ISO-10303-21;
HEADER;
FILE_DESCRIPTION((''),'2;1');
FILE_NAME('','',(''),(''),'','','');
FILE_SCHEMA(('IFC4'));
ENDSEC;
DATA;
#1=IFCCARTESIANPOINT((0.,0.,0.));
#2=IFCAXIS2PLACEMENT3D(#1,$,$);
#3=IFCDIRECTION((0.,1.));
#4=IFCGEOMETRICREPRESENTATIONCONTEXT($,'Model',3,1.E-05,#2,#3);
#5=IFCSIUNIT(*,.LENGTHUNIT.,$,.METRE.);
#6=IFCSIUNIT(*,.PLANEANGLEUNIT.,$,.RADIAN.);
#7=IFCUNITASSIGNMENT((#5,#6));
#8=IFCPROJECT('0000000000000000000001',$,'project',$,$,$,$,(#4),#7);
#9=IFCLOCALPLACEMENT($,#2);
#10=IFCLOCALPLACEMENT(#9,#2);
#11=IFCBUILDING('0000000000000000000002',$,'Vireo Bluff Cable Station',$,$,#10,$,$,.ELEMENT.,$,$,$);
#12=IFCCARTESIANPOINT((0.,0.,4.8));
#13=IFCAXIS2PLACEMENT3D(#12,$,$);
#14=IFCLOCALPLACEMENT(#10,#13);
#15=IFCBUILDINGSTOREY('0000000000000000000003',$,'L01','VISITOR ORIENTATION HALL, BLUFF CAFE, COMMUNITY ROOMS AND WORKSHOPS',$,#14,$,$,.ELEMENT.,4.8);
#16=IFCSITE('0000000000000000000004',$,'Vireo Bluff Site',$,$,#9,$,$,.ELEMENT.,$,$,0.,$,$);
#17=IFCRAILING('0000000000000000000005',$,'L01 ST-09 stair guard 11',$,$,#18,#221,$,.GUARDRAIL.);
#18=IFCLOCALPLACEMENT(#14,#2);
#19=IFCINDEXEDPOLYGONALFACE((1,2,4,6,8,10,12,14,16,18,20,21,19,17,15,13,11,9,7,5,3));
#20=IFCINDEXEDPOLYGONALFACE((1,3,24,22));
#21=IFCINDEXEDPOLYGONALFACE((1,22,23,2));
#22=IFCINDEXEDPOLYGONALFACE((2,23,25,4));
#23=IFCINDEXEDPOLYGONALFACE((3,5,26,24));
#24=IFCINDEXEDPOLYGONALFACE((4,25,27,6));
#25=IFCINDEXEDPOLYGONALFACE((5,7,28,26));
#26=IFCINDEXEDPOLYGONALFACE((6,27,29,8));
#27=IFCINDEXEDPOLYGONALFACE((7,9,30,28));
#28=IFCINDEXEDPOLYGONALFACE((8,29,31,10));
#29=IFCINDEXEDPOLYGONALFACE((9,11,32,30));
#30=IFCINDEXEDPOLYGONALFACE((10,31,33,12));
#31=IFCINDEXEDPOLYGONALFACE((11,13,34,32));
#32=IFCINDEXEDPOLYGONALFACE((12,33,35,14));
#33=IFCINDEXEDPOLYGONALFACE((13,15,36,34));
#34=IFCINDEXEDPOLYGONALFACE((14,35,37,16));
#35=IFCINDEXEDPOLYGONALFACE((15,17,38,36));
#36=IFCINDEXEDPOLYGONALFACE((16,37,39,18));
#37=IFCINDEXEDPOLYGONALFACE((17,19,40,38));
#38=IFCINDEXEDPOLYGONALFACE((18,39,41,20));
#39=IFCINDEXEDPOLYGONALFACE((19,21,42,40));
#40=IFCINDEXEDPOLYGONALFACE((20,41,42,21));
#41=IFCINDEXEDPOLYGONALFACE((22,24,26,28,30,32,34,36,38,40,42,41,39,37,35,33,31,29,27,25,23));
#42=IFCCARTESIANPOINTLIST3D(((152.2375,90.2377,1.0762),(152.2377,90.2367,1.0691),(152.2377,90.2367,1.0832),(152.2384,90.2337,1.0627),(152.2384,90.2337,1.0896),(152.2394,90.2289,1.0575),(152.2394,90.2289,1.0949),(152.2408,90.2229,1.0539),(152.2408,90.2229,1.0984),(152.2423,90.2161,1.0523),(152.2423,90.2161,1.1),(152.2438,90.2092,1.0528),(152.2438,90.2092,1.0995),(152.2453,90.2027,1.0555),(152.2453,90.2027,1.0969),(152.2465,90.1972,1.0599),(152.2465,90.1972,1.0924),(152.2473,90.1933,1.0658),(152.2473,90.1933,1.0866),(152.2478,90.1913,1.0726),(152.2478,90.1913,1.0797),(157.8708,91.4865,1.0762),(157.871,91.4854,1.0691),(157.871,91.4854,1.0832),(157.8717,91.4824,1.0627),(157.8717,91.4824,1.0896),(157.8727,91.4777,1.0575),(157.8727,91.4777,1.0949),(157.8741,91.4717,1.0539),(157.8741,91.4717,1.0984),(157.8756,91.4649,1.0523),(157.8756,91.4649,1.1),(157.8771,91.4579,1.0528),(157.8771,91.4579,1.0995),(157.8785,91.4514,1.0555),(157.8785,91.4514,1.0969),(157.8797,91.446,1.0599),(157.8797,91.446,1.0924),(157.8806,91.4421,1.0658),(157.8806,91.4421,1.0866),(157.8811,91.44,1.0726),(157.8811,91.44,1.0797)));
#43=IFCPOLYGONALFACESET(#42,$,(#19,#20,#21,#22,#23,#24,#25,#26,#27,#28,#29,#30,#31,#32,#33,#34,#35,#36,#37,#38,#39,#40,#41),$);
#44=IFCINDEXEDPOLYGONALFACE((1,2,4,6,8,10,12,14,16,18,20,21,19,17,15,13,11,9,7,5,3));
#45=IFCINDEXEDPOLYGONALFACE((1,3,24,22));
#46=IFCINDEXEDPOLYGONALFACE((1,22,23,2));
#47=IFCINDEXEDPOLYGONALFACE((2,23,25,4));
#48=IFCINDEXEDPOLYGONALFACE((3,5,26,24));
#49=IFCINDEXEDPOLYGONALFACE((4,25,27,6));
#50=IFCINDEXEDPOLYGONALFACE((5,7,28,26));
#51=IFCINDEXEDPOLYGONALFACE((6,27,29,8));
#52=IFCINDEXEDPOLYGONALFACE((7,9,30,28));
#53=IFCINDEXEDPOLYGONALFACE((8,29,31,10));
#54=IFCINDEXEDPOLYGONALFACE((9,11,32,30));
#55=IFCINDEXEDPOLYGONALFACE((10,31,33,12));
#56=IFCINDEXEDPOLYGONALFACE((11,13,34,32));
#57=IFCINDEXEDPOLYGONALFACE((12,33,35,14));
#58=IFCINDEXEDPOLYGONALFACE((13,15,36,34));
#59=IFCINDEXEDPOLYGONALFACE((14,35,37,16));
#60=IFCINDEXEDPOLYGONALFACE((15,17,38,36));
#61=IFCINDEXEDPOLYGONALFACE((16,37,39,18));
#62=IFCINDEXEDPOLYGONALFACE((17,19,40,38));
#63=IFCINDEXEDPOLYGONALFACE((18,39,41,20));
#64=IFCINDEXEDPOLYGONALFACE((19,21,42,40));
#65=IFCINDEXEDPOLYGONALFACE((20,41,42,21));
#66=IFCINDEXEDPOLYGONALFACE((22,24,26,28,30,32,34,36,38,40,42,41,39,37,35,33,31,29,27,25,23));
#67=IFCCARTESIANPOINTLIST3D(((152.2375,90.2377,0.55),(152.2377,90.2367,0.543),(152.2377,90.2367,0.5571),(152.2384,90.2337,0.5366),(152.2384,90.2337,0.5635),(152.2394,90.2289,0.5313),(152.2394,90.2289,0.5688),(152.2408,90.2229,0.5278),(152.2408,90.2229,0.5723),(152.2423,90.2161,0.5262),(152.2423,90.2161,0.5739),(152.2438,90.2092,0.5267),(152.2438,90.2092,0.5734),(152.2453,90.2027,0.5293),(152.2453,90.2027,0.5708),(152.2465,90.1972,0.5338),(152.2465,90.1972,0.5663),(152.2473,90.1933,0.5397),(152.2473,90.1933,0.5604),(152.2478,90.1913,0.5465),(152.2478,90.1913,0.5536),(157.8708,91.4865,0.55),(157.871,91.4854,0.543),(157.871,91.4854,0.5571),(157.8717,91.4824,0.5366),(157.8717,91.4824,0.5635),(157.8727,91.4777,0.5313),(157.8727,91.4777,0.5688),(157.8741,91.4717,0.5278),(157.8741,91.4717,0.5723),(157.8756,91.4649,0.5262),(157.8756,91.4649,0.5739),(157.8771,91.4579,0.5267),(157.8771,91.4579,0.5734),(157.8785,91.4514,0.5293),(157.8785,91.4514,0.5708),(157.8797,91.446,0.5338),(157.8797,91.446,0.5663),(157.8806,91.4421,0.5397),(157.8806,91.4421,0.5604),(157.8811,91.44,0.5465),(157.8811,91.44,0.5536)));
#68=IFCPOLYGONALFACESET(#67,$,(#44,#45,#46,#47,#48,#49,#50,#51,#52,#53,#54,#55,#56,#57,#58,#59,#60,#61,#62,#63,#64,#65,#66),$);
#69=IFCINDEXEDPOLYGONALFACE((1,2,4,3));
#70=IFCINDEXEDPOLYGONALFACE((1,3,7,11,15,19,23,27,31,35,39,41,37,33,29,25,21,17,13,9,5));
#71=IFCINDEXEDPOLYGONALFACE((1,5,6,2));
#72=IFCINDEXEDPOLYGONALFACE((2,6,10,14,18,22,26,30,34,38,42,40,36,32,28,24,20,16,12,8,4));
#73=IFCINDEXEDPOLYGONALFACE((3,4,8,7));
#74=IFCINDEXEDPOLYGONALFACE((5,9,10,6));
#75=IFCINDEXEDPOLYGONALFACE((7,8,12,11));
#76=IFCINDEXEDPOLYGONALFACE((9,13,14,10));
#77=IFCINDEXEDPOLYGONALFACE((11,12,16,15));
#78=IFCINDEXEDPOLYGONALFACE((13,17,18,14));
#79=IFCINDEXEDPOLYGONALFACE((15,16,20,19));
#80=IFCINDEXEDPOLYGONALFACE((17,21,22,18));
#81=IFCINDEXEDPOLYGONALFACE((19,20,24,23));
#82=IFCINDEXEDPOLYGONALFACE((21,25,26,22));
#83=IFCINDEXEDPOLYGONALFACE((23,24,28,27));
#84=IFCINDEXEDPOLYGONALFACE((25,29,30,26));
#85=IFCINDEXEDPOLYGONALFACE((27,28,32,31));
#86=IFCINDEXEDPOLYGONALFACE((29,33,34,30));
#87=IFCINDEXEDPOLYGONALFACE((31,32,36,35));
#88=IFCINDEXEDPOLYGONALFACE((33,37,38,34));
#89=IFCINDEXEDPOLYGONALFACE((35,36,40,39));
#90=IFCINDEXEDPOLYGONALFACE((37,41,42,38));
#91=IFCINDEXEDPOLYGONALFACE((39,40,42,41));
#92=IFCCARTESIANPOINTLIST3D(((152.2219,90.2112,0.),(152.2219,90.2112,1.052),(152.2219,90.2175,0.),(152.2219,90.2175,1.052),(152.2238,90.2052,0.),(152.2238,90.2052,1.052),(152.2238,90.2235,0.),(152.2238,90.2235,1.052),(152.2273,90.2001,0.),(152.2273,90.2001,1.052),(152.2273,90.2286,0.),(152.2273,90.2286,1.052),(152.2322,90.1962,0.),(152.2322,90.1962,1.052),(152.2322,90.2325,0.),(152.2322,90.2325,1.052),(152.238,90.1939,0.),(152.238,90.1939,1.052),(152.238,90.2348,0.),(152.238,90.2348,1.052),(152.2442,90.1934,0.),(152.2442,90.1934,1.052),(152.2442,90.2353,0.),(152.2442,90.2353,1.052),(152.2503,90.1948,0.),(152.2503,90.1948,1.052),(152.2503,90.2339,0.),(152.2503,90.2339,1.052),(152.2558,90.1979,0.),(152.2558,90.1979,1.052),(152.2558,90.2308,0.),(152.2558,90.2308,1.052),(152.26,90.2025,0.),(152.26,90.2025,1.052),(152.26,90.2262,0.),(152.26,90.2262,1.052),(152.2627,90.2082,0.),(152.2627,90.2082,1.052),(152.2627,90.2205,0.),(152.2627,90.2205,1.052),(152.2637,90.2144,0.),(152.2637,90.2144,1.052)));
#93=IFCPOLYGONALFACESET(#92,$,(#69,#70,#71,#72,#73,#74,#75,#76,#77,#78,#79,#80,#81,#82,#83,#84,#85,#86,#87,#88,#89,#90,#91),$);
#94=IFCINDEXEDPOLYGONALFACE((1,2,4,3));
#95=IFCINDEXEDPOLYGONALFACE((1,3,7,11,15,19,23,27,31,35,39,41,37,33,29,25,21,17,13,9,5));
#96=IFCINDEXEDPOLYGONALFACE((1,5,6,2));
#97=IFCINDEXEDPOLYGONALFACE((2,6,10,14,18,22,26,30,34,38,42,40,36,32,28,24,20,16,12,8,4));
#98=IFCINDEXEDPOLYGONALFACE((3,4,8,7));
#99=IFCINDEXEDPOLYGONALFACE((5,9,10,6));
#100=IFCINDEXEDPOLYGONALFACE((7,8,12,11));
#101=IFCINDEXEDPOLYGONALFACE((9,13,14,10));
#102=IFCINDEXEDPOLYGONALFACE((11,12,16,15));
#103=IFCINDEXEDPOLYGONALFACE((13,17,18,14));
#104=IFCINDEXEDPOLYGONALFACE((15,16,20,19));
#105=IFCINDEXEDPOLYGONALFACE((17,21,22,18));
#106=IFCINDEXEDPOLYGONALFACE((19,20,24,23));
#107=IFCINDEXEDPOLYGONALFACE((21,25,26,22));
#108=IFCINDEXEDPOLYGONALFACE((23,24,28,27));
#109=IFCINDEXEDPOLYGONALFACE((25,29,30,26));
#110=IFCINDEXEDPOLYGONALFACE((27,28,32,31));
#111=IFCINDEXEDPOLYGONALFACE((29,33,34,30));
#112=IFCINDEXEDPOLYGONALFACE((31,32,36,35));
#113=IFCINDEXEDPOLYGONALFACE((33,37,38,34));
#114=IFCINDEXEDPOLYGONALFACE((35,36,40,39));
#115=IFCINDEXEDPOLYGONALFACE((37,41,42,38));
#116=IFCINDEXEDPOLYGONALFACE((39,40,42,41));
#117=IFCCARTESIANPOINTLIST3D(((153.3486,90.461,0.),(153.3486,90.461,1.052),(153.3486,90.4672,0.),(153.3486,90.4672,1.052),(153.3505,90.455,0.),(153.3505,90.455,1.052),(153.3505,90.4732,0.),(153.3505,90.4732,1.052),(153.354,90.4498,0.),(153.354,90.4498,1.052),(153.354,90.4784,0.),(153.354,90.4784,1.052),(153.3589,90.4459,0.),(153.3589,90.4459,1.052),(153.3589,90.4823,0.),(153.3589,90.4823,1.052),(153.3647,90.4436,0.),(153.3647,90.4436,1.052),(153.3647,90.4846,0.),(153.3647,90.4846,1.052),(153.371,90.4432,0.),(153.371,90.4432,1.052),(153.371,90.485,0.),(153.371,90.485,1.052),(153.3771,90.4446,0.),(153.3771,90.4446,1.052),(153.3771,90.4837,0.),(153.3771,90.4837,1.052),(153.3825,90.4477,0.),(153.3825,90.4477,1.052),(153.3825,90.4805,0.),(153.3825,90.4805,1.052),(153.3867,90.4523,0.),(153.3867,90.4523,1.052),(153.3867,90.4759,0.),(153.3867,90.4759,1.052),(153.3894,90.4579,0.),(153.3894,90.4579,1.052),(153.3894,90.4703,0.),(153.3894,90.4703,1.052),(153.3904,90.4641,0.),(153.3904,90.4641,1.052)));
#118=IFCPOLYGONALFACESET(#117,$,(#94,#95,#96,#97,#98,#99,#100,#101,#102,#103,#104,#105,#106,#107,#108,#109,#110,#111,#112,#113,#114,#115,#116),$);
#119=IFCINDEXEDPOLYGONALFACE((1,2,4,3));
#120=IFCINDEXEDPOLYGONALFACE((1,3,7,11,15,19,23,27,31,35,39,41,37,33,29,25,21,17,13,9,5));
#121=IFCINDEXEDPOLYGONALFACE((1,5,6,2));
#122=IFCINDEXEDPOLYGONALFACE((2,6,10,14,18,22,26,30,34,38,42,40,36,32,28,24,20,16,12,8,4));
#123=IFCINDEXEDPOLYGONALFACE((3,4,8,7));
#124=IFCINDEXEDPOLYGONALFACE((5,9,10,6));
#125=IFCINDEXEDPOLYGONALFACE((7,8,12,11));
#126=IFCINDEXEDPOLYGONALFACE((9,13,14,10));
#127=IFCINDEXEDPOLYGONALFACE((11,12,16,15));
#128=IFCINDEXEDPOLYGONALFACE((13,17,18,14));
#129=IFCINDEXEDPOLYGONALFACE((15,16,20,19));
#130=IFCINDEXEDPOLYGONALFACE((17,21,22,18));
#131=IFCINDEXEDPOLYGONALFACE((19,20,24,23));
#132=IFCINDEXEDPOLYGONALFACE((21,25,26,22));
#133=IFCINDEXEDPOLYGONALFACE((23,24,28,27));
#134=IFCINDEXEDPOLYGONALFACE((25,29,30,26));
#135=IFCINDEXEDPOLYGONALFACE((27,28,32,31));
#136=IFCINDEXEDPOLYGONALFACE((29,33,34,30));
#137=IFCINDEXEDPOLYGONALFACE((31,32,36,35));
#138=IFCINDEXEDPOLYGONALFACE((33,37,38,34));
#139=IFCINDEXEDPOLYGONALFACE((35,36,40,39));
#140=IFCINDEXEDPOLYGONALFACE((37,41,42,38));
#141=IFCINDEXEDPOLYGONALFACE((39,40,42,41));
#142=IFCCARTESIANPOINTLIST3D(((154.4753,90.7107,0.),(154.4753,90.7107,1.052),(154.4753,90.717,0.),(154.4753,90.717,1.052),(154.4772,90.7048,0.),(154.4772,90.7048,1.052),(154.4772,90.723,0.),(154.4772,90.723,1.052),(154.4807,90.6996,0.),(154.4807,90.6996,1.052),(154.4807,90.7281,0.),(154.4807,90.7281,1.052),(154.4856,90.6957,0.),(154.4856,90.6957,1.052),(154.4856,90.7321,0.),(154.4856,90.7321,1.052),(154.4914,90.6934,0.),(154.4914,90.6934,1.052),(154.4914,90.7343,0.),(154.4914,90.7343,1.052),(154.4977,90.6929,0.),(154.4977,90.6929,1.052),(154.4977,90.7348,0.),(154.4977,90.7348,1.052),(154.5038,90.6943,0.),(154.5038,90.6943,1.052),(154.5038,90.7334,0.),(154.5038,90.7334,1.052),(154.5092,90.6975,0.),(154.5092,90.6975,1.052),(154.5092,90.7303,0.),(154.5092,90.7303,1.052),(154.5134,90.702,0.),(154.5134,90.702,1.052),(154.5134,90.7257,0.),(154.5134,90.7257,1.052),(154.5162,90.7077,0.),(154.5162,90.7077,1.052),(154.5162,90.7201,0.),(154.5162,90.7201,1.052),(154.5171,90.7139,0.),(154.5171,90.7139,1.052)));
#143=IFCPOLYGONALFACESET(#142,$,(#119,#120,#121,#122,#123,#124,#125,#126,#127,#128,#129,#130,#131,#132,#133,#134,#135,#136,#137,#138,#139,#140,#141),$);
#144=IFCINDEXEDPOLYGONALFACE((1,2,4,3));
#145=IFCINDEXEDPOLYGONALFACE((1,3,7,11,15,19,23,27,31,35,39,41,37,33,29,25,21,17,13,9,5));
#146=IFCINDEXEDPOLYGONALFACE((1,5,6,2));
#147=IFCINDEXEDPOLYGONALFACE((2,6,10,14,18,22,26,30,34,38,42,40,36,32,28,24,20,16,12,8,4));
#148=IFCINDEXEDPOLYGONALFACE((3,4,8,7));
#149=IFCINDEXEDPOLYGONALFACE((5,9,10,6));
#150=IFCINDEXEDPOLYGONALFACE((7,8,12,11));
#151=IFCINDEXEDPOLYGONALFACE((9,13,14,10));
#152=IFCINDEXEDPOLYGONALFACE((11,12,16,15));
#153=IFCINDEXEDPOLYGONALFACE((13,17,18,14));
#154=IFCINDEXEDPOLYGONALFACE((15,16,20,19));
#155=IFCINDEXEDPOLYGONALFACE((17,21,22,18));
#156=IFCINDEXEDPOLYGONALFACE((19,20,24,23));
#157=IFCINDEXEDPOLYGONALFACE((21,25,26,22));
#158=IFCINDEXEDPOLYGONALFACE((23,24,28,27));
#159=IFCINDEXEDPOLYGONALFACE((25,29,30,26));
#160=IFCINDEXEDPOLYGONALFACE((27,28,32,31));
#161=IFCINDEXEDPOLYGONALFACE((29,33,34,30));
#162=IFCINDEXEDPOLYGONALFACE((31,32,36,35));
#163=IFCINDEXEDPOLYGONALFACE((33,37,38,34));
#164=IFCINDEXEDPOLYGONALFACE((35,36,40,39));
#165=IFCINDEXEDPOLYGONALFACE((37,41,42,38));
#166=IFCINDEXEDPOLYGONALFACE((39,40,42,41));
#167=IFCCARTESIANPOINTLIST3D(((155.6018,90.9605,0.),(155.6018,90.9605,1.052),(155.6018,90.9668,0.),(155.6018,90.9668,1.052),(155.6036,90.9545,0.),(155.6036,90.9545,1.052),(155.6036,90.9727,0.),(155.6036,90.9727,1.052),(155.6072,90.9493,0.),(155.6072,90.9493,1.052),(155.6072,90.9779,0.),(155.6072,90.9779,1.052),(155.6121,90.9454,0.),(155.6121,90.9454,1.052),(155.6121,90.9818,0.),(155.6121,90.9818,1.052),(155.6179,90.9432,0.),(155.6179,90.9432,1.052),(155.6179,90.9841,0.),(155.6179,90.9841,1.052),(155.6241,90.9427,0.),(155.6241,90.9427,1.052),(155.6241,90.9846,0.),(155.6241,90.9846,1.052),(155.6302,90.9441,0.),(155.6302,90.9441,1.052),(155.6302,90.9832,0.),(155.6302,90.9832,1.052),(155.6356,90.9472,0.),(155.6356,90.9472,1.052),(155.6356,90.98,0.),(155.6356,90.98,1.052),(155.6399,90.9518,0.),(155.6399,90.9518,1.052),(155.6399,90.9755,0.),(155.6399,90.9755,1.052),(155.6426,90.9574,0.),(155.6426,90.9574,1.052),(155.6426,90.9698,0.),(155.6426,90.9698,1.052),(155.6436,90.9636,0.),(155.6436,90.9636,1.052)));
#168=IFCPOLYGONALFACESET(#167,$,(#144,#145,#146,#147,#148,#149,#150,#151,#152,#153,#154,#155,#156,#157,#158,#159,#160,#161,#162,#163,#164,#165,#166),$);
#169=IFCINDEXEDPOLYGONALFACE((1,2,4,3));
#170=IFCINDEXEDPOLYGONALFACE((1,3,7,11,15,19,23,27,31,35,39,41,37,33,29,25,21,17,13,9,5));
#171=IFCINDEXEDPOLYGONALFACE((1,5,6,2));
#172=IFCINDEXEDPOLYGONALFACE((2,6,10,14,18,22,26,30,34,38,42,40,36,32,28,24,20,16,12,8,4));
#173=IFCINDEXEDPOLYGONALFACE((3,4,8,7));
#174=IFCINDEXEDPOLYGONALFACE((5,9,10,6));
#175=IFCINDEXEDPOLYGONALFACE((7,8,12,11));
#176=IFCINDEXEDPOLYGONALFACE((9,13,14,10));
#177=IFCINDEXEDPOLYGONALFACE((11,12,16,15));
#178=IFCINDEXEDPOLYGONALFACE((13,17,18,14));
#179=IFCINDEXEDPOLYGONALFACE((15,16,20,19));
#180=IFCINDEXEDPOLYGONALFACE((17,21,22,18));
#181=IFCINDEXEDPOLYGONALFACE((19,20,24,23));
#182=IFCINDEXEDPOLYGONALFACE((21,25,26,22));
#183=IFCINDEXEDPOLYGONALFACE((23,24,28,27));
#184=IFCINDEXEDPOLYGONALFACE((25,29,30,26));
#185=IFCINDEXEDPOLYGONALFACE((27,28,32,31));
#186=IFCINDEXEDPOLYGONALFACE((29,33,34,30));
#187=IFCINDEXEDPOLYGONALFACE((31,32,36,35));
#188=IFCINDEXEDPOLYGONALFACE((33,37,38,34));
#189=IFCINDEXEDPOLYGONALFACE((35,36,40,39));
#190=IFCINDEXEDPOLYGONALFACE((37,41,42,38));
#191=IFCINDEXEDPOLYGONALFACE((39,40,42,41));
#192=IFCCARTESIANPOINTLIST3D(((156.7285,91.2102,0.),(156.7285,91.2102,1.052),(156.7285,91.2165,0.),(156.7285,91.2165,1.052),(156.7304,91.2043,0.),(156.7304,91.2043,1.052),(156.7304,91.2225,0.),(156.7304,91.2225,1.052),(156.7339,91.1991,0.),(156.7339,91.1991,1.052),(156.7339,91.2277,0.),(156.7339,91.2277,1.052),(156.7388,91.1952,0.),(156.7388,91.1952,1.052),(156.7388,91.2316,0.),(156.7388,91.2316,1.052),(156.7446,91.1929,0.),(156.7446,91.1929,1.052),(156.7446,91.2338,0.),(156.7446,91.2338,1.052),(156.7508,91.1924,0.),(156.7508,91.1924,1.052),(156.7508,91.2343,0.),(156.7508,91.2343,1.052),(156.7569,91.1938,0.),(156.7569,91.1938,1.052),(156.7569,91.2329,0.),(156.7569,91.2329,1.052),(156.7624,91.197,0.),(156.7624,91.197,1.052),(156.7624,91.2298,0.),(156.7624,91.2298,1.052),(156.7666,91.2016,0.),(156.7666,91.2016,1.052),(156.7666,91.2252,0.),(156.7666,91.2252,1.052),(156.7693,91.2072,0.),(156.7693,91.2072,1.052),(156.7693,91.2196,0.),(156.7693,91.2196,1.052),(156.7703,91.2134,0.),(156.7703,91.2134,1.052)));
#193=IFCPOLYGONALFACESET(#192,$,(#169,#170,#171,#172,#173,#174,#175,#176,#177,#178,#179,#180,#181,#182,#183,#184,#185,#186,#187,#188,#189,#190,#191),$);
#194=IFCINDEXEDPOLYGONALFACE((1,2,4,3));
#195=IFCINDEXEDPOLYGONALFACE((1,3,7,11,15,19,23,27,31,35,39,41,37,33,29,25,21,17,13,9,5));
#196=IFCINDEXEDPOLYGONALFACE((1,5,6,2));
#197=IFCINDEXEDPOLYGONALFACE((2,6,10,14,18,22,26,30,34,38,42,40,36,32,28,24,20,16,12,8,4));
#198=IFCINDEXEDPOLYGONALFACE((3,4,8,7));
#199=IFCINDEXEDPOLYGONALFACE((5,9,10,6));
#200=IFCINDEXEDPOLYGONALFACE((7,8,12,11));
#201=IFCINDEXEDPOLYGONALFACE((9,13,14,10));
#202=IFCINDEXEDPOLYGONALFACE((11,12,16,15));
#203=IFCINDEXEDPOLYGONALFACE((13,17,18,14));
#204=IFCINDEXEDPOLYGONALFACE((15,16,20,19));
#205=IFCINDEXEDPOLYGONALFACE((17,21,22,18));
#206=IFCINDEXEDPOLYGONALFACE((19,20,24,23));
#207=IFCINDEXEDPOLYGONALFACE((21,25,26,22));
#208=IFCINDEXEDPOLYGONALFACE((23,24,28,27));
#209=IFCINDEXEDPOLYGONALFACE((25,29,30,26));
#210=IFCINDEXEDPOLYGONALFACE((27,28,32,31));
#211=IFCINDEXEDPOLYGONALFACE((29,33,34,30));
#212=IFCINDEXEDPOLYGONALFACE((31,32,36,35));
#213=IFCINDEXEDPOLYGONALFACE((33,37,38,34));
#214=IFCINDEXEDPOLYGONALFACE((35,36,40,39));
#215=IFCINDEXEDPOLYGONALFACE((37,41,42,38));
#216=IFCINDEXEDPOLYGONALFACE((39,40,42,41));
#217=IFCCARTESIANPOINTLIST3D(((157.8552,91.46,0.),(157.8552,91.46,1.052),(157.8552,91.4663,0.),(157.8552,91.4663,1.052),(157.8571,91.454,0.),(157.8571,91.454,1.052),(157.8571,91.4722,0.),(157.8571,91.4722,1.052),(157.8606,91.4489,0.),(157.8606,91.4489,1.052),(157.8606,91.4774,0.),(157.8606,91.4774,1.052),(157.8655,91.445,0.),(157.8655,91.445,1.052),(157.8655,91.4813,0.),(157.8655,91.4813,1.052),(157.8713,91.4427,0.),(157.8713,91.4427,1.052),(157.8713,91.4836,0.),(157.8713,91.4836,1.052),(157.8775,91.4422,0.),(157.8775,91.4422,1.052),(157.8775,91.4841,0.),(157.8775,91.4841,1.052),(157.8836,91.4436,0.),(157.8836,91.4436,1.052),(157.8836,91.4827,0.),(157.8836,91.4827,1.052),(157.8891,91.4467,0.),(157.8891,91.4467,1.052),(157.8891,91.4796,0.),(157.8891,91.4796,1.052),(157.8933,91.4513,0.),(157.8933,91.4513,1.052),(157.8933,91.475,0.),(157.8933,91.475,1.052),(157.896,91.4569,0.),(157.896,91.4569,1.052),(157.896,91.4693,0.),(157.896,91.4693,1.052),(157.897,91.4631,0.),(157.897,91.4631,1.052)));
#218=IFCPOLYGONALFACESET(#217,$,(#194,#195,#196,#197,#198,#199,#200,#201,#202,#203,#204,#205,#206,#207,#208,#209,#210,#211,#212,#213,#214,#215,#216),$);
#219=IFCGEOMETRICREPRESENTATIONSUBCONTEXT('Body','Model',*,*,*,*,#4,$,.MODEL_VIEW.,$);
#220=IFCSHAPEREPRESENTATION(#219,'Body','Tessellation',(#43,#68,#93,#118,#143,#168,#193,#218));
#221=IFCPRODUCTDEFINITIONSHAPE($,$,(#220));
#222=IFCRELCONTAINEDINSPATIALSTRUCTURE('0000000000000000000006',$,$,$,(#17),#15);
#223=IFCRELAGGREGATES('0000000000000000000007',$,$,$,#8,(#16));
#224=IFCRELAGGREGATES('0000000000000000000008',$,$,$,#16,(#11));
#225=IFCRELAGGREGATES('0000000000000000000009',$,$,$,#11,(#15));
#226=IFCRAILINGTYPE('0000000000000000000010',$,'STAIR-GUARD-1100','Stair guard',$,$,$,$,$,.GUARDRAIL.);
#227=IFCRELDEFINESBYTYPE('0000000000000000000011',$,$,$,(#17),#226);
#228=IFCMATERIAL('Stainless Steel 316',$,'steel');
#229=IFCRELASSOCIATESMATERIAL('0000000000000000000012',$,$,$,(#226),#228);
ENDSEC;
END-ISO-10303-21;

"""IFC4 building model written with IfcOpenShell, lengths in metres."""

from ifc_helpers import new_model, si_unit, direction, frame, origin, origin_2d, place, context, subcontext, project, spatial, circle, extrude, material, type_object, element, save


model = new_model("IFC4")

# Units and contexts
model_context = context("Model", 3, precision=1e-05, world=origin(), true_north=direction((0.0, 1.0)))
body_context = subcontext(model_context, "Body", "Model", "MODEL_VIEW")
ifc_project = project(units=[si_unit("LENGTHUNIT", "METRE"), si_unit("PLANEANGLEUNIT", "RADIAN")], contexts=[model_context])

# Site, building, storey
site_placement = place(None, origin())
site = spatial("IfcSite", under=ifc_project, at=site_placement, Name="Vireo Bluff Site", CompositionType="ELEMENT", RefElevation=0.0)
building_placement = place(site_placement, origin())
building = spatial("IfcBuilding", under=site, at=building_placement, Name="Vireo Bluff Cable Station", CompositionType="ELEMENT")
storey_placement = place(building_placement, frame((0.0, 0.0, 4.8)))
storey = spatial("IfcBuildingStorey", under=building, at=storey_placement, Name="L01", Description="VISITOR ORIENTATION HALL, BLUFF CAFE, COMMUNITY ROOMS AND WORKSHOPS", CompositionType="ELEMENT", Elevation=4.8)

# Railing
ifc_material_1 = material(Name="Stainless Steel 316", Category="steel")
railing_type_1 = type_object("IfcRailingType", Name="STAIR-GUARD-1100", Description="Stair guard", PredefinedType="GUARDRAIL", material=ifc_material_1)
railing_1_placement = place(storey_placement, frame((152.2427, 90.2144, 0.0)))
element("IfcRailing", 1, at=railing_1_placement, inside=storey, type_object=railing_type_1, Name="L01 ST-09 stair guard 11", PredefinedType="GUARDRAIL", context=body_context, shape_type="SweptSolid", body=[
    extrude(circle(Radius=0.0239, at=origin_2d()), frame((0.0, 0.0, 1.0762), z_axis=(0.976299, 0.216424, 0.0), x_axis=(-0.216424, 0.976299, 0.0)), (0.0, 0.0, 1.0), 5.77),
    extrude(circle(Radius=0.0239, at=origin_2d()), frame((0.0, 0.0, 0.55), z_axis=(0.976299, 0.216424, 0.0), x_axis=(-0.216424, 0.976299, 0.0)), (0.0, 0.0, 1.0), 5.77),
    extrude(circle(Radius=0.021, at=origin_2d()), origin(), (0.0, 0.0, 1.0), 1.052),
    extrude(circle(Radius=0.021, at=origin_2d()), frame((1.1267, 0.2498, 0.0)), (0.0, 0.0, 1.0), 1.052),
    extrude(circle(Radius=0.021, at=origin_2d()), frame((2.2534, 0.4995, 0.0)), (0.0, 0.0, 1.0), 1.052),
    extrude(circle(Radius=0.021, at=origin_2d()), frame((3.3799, 0.7493, 0.0)), (0.0, 0.0, 1.0), 1.052),
    extrude(circle(Radius=0.021, at=origin_2d()), frame((4.5066, 0.999, 0.0)), (0.0, 0.0, 1.0), 1.052),
    extrude(circle(Radius=0.021, at=origin_2d()), frame((5.6333, 1.2488, 0.0)), (0.0, 0.0, 1.0), 1.052),
])

save(model, "model.ifc")
